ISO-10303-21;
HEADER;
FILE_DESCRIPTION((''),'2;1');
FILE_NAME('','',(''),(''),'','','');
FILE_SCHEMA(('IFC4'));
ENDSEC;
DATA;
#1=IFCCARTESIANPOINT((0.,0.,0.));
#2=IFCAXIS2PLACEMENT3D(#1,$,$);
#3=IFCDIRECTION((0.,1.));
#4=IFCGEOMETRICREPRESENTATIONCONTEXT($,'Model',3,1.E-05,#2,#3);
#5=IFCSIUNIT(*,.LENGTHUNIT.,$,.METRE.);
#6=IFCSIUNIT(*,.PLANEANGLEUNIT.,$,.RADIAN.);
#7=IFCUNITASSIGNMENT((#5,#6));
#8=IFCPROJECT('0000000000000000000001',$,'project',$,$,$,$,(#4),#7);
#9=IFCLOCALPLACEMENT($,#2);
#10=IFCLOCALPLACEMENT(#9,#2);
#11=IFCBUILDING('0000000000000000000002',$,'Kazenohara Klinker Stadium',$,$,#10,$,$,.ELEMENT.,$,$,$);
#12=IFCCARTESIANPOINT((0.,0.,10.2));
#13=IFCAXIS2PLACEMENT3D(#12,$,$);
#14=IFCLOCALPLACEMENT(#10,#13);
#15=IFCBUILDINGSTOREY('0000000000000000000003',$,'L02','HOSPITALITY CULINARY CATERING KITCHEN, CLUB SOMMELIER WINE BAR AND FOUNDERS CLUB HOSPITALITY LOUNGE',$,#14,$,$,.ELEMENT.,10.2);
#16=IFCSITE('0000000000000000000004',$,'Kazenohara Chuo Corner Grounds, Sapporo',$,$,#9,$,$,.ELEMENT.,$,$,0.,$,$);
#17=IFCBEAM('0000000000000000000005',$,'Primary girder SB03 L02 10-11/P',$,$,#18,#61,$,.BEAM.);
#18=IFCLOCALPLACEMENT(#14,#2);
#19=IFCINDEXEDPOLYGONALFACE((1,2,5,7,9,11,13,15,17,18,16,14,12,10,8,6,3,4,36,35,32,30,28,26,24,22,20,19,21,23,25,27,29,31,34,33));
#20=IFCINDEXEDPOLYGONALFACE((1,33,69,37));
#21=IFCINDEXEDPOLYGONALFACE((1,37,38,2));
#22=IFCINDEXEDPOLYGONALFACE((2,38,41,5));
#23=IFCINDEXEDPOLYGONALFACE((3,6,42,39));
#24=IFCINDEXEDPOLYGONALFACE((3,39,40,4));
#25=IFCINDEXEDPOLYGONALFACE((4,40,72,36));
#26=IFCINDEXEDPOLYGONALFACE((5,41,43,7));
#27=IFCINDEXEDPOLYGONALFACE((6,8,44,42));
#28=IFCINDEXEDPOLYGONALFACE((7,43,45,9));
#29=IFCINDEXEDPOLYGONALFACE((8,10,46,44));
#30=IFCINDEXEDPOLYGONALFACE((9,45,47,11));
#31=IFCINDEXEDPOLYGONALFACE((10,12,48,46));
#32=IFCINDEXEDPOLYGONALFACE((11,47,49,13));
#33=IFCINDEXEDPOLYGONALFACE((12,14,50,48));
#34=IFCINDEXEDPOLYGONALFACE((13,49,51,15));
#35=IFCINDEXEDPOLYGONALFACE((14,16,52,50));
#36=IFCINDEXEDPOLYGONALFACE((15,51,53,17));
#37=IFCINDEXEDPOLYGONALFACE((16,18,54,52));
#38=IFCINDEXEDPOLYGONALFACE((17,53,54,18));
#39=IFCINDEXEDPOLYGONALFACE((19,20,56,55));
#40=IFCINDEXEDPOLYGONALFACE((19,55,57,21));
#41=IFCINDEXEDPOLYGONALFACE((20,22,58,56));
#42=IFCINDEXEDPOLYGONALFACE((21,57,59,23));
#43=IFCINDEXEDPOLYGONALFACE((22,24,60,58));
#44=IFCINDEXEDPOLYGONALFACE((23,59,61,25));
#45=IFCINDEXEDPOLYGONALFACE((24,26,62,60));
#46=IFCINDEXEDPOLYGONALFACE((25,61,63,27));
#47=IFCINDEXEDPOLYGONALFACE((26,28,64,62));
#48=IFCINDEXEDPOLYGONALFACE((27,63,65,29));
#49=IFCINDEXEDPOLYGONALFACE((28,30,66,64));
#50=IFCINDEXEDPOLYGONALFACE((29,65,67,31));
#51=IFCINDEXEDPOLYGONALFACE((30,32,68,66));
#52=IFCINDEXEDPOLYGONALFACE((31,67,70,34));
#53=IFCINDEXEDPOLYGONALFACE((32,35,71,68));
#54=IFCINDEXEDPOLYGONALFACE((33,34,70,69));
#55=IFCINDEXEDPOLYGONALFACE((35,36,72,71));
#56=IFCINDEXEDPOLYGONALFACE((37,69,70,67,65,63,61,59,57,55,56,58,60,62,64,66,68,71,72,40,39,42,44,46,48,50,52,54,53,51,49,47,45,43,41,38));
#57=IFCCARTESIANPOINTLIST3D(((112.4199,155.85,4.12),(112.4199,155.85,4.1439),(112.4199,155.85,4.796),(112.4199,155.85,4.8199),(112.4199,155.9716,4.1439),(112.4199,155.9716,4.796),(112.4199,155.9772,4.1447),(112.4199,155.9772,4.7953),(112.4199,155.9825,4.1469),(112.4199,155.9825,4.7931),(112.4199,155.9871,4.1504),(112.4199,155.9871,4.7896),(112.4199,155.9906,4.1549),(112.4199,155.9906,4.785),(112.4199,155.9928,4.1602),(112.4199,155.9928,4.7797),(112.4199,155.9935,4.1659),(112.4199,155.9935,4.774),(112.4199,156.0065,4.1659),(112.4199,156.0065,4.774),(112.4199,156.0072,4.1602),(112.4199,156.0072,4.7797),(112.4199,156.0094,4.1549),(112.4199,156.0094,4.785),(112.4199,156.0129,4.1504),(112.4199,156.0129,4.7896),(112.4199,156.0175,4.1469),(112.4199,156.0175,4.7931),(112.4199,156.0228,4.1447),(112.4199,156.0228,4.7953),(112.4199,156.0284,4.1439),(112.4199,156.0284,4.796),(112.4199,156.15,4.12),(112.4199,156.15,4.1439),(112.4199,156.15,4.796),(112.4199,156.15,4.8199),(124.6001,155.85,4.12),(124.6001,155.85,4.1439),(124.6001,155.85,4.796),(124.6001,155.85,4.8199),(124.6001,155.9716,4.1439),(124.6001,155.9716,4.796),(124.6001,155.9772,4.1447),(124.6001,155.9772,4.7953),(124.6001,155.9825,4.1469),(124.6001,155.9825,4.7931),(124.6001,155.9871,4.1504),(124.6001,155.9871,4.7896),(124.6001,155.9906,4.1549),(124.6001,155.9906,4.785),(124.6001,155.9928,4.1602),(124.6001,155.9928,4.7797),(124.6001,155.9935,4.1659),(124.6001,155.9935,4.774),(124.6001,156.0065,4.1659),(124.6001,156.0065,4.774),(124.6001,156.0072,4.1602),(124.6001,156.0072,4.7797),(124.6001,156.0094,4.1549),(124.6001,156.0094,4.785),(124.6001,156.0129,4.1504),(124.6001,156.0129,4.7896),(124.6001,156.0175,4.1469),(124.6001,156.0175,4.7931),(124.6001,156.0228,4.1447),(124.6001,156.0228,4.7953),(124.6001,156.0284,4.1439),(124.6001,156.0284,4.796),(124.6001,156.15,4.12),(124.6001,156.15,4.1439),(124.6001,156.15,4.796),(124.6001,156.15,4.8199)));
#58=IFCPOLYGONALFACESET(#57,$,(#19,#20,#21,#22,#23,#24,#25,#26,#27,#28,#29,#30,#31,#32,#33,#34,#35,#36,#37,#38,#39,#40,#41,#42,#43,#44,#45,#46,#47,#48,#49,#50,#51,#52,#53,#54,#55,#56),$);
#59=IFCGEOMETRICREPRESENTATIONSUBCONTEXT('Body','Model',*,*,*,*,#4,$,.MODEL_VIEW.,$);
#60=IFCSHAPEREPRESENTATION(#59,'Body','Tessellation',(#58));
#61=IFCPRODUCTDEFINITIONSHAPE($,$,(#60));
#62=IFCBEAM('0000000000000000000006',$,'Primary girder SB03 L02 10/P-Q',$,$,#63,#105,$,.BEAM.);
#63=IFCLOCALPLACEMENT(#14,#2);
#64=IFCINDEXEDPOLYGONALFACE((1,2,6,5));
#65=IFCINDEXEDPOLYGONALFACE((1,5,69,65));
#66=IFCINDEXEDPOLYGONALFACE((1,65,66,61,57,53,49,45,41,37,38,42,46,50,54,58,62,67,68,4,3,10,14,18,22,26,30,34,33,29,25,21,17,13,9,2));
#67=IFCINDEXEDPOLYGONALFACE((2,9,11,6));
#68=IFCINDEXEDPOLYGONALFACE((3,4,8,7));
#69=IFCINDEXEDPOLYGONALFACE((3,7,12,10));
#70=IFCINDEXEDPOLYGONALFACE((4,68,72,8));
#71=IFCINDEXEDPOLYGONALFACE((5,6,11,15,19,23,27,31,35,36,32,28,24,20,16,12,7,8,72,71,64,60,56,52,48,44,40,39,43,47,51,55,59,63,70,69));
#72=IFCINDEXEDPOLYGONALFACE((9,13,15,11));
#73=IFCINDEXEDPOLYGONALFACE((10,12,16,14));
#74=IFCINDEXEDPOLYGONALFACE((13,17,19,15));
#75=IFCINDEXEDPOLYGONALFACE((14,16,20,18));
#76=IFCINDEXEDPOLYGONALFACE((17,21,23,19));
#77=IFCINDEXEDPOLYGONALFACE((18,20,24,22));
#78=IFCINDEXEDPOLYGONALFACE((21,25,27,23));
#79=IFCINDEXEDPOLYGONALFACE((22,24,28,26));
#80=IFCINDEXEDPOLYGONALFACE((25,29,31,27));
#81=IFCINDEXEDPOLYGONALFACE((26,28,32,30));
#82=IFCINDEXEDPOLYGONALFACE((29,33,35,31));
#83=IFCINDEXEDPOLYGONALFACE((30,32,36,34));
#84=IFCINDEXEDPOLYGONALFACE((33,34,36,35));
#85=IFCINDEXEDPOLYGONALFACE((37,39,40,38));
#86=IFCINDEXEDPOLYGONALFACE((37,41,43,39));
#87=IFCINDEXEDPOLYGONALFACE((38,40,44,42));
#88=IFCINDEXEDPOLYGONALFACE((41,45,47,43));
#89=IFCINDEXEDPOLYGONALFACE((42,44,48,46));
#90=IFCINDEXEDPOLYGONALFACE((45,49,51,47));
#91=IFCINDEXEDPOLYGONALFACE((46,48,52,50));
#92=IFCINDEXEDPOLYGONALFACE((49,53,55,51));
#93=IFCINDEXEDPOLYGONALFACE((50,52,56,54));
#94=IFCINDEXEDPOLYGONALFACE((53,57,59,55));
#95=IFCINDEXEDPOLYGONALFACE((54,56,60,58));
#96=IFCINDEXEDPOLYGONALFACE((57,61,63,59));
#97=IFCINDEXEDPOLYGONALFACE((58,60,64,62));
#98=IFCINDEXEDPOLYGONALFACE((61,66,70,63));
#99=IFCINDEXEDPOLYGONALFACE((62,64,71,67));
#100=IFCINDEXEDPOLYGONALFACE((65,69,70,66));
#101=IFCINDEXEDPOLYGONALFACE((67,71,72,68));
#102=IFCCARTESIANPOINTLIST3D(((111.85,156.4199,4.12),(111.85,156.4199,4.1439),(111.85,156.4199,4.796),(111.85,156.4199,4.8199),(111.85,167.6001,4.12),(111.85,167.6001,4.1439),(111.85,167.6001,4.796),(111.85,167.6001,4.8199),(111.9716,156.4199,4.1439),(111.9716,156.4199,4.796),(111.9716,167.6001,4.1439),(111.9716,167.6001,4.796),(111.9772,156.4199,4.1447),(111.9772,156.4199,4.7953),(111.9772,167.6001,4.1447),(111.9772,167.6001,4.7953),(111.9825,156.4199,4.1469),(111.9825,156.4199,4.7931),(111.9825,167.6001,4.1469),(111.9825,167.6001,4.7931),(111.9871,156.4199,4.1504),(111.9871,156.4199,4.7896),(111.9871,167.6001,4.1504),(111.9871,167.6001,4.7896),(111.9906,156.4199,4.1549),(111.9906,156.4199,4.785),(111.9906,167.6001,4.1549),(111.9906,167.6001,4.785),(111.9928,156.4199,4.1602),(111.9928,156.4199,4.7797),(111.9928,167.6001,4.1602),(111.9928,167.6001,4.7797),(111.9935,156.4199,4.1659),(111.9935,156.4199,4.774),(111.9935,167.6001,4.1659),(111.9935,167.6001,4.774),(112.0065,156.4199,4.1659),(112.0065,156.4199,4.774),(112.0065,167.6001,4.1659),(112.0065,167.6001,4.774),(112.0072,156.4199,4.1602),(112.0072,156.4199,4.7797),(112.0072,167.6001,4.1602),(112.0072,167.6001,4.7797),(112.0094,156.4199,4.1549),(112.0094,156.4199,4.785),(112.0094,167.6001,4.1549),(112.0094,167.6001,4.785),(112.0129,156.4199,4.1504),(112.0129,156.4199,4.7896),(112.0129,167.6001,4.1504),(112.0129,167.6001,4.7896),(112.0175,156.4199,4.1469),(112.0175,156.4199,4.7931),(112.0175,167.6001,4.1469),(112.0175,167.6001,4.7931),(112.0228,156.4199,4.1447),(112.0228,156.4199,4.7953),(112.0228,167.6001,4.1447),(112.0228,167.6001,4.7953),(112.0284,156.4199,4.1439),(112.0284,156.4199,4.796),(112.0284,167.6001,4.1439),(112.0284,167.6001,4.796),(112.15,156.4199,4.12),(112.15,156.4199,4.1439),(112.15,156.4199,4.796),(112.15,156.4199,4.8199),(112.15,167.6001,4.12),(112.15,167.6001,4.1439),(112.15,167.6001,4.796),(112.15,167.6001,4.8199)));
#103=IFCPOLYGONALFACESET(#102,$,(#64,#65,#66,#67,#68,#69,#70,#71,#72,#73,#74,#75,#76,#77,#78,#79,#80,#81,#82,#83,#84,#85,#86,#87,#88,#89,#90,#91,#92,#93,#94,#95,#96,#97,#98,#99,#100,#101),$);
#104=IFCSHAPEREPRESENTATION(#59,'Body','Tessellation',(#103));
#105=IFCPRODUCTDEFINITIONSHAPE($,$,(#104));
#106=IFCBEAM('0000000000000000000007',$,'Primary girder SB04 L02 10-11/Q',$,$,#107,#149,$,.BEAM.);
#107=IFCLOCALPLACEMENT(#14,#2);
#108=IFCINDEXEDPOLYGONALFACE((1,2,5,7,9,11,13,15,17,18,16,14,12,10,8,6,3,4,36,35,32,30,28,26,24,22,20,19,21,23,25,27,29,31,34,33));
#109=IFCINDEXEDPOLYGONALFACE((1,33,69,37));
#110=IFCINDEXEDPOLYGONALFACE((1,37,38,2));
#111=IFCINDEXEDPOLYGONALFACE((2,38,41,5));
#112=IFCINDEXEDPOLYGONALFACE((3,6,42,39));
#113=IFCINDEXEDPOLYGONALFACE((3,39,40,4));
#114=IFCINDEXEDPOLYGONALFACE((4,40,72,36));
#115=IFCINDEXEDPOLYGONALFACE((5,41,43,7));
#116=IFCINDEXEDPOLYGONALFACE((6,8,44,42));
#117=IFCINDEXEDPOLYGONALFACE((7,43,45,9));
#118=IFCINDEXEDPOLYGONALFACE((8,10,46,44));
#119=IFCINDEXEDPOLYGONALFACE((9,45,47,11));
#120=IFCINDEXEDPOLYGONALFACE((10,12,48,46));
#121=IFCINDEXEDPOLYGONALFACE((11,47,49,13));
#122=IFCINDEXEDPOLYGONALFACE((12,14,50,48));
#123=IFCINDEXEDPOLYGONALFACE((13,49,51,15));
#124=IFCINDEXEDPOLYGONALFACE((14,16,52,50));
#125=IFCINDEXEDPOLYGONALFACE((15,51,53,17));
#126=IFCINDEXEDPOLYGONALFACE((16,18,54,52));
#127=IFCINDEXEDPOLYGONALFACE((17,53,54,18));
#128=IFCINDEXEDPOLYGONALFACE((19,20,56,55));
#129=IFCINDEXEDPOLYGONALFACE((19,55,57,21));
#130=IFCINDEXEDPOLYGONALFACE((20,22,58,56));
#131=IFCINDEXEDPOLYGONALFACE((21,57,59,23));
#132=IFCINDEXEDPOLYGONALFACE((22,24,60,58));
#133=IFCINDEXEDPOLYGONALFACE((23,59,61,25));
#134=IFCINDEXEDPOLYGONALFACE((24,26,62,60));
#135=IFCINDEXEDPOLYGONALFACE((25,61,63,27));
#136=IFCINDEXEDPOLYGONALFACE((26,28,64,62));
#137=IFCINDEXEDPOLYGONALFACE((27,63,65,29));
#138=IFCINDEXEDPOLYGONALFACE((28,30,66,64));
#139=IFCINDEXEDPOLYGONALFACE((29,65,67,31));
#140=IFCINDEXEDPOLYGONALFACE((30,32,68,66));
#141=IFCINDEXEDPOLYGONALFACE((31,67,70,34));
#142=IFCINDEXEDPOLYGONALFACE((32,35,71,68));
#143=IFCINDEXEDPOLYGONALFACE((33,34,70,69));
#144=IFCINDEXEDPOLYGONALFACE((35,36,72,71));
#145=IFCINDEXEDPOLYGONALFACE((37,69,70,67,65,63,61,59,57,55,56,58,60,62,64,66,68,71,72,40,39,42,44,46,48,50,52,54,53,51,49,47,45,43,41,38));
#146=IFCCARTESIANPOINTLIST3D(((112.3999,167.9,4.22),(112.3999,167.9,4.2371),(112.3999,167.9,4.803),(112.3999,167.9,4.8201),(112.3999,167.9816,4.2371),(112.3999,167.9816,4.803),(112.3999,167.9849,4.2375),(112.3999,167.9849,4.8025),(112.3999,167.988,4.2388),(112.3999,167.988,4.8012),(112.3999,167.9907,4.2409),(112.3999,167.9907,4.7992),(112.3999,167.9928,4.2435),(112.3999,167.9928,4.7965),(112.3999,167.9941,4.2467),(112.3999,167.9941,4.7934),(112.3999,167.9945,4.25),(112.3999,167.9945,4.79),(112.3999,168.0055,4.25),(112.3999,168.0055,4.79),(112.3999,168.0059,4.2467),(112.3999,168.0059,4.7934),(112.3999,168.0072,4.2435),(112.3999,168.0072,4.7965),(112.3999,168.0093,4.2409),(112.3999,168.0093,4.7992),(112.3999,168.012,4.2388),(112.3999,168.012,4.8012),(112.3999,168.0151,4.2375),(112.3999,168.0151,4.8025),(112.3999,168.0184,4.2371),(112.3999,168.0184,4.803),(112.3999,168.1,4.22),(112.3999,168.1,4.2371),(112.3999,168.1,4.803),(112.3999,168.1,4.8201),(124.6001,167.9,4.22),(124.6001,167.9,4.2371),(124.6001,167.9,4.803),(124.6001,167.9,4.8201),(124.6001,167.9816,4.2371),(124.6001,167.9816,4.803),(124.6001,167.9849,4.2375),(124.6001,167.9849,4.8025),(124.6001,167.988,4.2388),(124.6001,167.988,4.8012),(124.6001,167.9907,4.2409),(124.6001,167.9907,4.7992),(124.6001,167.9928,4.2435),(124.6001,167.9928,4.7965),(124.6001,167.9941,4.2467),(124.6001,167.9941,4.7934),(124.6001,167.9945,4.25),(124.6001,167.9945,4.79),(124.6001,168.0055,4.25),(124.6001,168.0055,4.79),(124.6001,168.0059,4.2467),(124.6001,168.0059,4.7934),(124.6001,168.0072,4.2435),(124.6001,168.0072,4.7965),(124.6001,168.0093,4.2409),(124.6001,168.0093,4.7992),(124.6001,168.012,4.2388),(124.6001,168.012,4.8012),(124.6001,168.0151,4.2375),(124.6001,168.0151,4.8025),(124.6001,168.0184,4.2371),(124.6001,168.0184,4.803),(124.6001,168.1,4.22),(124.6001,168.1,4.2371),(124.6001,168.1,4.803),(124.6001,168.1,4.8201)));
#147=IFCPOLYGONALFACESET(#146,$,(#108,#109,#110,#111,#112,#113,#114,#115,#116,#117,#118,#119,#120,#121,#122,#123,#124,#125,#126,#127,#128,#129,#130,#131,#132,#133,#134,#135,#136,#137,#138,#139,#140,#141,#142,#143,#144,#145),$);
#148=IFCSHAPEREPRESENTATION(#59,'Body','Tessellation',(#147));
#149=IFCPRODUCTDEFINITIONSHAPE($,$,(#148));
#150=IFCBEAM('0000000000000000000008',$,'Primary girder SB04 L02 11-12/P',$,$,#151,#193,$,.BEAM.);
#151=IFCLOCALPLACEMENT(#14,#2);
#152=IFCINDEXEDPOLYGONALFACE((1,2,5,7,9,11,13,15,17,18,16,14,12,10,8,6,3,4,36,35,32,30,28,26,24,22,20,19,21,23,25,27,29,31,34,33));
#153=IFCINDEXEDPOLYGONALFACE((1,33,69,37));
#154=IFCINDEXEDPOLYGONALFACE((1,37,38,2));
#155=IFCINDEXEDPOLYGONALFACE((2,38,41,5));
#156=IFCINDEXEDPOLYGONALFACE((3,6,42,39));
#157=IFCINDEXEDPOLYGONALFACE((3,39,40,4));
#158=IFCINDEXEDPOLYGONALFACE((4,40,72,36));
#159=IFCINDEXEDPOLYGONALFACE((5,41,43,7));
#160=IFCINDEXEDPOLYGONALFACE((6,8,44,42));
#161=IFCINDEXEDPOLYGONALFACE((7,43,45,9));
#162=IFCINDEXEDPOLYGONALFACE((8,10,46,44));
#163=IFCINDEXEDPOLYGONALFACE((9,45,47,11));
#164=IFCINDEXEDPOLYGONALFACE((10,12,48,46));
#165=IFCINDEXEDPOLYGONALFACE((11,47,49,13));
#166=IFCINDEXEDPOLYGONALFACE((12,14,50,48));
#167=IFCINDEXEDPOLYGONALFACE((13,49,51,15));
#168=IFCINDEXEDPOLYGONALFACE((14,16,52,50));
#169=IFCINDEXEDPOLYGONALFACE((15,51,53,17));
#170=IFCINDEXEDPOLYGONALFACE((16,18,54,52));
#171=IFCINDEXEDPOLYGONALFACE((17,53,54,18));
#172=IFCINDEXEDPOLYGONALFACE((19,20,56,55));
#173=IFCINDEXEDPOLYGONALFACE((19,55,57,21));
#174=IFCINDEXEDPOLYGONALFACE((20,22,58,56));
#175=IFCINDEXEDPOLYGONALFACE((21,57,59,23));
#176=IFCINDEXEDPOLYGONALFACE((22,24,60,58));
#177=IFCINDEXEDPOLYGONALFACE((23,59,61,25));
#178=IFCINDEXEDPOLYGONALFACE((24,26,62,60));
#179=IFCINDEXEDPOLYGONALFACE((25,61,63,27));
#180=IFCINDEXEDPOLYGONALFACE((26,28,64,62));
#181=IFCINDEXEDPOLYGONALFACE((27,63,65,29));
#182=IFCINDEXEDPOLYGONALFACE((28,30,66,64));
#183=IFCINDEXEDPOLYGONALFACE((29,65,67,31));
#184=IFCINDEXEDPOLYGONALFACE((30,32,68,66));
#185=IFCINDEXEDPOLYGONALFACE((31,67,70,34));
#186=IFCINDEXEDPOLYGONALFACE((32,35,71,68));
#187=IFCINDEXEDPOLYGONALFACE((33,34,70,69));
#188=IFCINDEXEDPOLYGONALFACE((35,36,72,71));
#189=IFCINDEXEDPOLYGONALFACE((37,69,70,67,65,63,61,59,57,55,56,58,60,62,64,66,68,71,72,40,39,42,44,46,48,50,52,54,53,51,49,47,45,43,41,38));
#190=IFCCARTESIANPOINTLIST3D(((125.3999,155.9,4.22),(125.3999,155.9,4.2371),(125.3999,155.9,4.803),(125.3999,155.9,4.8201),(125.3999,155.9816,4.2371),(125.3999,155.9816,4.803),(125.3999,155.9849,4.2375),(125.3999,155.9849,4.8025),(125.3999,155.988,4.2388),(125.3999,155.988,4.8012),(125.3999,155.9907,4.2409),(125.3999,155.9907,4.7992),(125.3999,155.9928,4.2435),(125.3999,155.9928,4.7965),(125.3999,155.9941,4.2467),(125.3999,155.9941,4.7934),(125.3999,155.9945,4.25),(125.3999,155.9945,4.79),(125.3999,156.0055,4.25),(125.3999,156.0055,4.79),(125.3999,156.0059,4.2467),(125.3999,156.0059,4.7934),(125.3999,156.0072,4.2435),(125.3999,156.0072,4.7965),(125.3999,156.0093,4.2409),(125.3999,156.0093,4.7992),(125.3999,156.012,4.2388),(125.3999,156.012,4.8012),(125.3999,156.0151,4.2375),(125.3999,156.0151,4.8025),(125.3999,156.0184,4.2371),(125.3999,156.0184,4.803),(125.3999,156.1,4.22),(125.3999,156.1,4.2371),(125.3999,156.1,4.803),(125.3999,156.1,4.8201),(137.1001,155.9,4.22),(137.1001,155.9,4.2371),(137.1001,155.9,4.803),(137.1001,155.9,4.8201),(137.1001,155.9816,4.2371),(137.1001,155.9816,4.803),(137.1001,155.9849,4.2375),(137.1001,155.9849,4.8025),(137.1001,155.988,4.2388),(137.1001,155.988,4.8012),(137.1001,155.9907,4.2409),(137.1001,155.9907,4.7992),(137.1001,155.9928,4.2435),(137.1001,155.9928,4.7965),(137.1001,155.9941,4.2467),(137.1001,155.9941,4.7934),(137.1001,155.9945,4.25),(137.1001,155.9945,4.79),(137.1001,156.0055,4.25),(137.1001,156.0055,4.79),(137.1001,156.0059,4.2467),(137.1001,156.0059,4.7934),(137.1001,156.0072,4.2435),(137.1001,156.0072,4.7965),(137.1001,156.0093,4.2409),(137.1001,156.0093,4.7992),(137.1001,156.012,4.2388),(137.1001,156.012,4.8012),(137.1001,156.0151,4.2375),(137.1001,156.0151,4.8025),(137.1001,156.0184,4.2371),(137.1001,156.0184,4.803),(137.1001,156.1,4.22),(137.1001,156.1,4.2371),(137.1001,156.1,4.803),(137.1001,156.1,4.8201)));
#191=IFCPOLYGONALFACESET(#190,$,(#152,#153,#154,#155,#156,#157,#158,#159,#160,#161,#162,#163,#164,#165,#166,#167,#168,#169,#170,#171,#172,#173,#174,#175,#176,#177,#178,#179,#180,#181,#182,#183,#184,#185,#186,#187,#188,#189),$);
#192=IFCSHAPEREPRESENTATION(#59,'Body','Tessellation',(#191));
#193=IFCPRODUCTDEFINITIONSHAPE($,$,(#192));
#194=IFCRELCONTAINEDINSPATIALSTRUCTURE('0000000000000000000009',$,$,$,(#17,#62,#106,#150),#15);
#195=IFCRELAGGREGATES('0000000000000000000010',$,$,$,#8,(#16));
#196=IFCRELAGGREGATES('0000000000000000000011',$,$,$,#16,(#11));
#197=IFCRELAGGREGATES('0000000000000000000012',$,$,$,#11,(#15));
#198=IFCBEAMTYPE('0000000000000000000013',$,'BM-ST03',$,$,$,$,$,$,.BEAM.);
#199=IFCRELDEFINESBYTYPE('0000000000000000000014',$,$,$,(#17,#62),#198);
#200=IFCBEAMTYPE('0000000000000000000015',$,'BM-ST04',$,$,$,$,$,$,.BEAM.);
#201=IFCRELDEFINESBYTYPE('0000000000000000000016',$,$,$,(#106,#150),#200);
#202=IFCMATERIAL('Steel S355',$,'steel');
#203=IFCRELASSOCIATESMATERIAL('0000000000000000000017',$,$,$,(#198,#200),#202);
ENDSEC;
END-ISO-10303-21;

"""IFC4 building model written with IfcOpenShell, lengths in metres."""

from ifc_helpers import new_model, si_unit, direction, frame, origin, origin_2d, place, context, subcontext, project, spatial, i_section, extrude, material, material_profile, profile_set, type_object, element, save


model = new_model("IFC4")

# Units and contexts
model_context = context("Model", 3, precision=1e-05, world=origin(), true_north=direction((0.0, 1.0)))
body_context = subcontext(model_context, "Body", "Model", "MODEL_VIEW")
ifc_project = project(units=[si_unit("LENGTHUNIT", "METRE"), si_unit("PLANEANGLEUNIT", "RADIAN")], contexts=[model_context])

# Site, building, storey
site_placement = place(None, origin())
site = spatial("IfcSite", under=ifc_project, at=site_placement, Name="Kazenohara Chuo Corner Grounds, Sapporo", CompositionType="ELEMENT", RefElevation=0.0)
building_placement = place(site_placement, origin())
building = spatial("IfcBuilding", under=site, at=building_placement, Name="Kazenohara Klinker Stadium", CompositionType="ELEMENT")
storey_placement = place(building_placement, frame((0.0, 0.0, 10.2)))
storey = spatial("IfcBuildingStorey", under=building, at=storey_placement, Name="L02", Description="HOSPITALITY CULINARY CATERING KITCHEN, CLUB SOMMELIER WINE BAR AND FOUNDERS CLUB HOSPITALITY LOUNGE", CompositionType="ELEMENT", Elevation=10.2)

# Beams
ifc_material_1 = material(Name="Steel S355", Category="steel")
ifc_material_profile_1 = material_profile(ifc_material_1, i_section(OverallWidth=0.3, OverallDepth=0.7, WebThickness=0.0129, FlangeThickness=0.0239, FilletRadius=0.022, at=origin_2d()), Name="H-700x300x13x24")
ifc_profile_set_1 = profile_set([ifc_material_profile_1], Name="Steel S355")
beam_type_1 = type_object("IfcBeamType", Name="BM-ST03", PredefinedType="BEAM", material=ifc_profile_set_1)
beam_1_placement = place(storey_placement, frame((112.4199, 156.0, 4.47), z_axis=(1.0, 0.0, 0.0), x_axis=(0.0, 1.0, 0.0)))
element("IfcBeam", 1, at=beam_1_placement, inside=storey, type_object=beam_type_1, Name="Primary girder SB03 L02 10-11/P", PredefinedType="BEAM", context=body_context, shape_type="SweptSolid", body=[
    extrude(i_section(OverallWidth=0.3, OverallDepth=0.7, WebThickness=0.0129, FlangeThickness=0.0239, FilletRadius=0.022, at=origin_2d()), origin(), (0.0, 0.0, 1.0), 12.1802),
])
beam_2_placement = place(storey_placement, frame((112.0, 156.4199, 4.47), z_axis=(0.0, 1.0, 0.0), x_axis=(-1.0, 0.0, 0.0)))
element("IfcBeam", 2, at=beam_2_placement, inside=storey, type_object=beam_type_1, Name="Primary girder SB03 L02 10/P-Q", PredefinedType="BEAM", context=body_context, shape_type="SweptSolid", body=[
    extrude(i_section(OverallWidth=0.3, OverallDepth=0.7, WebThickness=0.0129, FlangeThickness=0.0239, FilletRadius=0.022, at=origin_2d()), origin(), (0.0, 0.0, 1.0), 11.1802),
])
ifc_material_profile_2 = material_profile(ifc_material_1, i_section(OverallWidth=0.2, OverallDepth=0.6001, WebThickness=0.011, FlangeThickness=0.0171, FilletRadius=0.0129, at=origin_2d()), Name="H-600x200x11x17")
ifc_profile_set_2 = profile_set([ifc_material_profile_2], Name="Steel S355")
beam_type_2 = type_object("IfcBeamType", Name="BM-ST04", PredefinedType="BEAM", material=ifc_profile_set_2)
beam_3_placement = place(storey_placement, frame((112.3999, 168.0, 4.52), z_axis=(1.0, 0.0, 0.0), x_axis=(0.0, 1.0, 0.0)))
element("IfcBeam", 3, at=beam_3_placement, inside=storey, type_object=beam_type_2, Name="Primary girder SB04 L02 10-11/Q", PredefinedType="BEAM", context=body_context, shape_type="SweptSolid", body=[
    extrude(i_section(OverallWidth=0.2, OverallDepth=0.6001, WebThickness=0.011, FlangeThickness=0.0171, FilletRadius=0.0129, at=origin_2d()), origin(), (0.0, 0.0, 1.0), 12.2002),
])
beam_4_placement = place(storey_placement, frame((125.3999, 156.0, 4.52), z_axis=(1.0, 0.0, 0.0), x_axis=(0.0, 1.0, 0.0)))
element("IfcBeam", 4, at=beam_4_placement, inside=storey, type_object=beam_type_2, Name="Primary girder SB04 L02 11-12/P", PredefinedType="BEAM", context=body_context, shape_type="SweptSolid", body=[
    extrude(i_section(OverallWidth=0.2, OverallDepth=0.6001, WebThickness=0.011, FlangeThickness=0.0171, FilletRadius=0.0129, at=origin_2d()), origin(), (0.0, 0.0, 1.0), 11.7002),
])

save(model, "model.ifc")
